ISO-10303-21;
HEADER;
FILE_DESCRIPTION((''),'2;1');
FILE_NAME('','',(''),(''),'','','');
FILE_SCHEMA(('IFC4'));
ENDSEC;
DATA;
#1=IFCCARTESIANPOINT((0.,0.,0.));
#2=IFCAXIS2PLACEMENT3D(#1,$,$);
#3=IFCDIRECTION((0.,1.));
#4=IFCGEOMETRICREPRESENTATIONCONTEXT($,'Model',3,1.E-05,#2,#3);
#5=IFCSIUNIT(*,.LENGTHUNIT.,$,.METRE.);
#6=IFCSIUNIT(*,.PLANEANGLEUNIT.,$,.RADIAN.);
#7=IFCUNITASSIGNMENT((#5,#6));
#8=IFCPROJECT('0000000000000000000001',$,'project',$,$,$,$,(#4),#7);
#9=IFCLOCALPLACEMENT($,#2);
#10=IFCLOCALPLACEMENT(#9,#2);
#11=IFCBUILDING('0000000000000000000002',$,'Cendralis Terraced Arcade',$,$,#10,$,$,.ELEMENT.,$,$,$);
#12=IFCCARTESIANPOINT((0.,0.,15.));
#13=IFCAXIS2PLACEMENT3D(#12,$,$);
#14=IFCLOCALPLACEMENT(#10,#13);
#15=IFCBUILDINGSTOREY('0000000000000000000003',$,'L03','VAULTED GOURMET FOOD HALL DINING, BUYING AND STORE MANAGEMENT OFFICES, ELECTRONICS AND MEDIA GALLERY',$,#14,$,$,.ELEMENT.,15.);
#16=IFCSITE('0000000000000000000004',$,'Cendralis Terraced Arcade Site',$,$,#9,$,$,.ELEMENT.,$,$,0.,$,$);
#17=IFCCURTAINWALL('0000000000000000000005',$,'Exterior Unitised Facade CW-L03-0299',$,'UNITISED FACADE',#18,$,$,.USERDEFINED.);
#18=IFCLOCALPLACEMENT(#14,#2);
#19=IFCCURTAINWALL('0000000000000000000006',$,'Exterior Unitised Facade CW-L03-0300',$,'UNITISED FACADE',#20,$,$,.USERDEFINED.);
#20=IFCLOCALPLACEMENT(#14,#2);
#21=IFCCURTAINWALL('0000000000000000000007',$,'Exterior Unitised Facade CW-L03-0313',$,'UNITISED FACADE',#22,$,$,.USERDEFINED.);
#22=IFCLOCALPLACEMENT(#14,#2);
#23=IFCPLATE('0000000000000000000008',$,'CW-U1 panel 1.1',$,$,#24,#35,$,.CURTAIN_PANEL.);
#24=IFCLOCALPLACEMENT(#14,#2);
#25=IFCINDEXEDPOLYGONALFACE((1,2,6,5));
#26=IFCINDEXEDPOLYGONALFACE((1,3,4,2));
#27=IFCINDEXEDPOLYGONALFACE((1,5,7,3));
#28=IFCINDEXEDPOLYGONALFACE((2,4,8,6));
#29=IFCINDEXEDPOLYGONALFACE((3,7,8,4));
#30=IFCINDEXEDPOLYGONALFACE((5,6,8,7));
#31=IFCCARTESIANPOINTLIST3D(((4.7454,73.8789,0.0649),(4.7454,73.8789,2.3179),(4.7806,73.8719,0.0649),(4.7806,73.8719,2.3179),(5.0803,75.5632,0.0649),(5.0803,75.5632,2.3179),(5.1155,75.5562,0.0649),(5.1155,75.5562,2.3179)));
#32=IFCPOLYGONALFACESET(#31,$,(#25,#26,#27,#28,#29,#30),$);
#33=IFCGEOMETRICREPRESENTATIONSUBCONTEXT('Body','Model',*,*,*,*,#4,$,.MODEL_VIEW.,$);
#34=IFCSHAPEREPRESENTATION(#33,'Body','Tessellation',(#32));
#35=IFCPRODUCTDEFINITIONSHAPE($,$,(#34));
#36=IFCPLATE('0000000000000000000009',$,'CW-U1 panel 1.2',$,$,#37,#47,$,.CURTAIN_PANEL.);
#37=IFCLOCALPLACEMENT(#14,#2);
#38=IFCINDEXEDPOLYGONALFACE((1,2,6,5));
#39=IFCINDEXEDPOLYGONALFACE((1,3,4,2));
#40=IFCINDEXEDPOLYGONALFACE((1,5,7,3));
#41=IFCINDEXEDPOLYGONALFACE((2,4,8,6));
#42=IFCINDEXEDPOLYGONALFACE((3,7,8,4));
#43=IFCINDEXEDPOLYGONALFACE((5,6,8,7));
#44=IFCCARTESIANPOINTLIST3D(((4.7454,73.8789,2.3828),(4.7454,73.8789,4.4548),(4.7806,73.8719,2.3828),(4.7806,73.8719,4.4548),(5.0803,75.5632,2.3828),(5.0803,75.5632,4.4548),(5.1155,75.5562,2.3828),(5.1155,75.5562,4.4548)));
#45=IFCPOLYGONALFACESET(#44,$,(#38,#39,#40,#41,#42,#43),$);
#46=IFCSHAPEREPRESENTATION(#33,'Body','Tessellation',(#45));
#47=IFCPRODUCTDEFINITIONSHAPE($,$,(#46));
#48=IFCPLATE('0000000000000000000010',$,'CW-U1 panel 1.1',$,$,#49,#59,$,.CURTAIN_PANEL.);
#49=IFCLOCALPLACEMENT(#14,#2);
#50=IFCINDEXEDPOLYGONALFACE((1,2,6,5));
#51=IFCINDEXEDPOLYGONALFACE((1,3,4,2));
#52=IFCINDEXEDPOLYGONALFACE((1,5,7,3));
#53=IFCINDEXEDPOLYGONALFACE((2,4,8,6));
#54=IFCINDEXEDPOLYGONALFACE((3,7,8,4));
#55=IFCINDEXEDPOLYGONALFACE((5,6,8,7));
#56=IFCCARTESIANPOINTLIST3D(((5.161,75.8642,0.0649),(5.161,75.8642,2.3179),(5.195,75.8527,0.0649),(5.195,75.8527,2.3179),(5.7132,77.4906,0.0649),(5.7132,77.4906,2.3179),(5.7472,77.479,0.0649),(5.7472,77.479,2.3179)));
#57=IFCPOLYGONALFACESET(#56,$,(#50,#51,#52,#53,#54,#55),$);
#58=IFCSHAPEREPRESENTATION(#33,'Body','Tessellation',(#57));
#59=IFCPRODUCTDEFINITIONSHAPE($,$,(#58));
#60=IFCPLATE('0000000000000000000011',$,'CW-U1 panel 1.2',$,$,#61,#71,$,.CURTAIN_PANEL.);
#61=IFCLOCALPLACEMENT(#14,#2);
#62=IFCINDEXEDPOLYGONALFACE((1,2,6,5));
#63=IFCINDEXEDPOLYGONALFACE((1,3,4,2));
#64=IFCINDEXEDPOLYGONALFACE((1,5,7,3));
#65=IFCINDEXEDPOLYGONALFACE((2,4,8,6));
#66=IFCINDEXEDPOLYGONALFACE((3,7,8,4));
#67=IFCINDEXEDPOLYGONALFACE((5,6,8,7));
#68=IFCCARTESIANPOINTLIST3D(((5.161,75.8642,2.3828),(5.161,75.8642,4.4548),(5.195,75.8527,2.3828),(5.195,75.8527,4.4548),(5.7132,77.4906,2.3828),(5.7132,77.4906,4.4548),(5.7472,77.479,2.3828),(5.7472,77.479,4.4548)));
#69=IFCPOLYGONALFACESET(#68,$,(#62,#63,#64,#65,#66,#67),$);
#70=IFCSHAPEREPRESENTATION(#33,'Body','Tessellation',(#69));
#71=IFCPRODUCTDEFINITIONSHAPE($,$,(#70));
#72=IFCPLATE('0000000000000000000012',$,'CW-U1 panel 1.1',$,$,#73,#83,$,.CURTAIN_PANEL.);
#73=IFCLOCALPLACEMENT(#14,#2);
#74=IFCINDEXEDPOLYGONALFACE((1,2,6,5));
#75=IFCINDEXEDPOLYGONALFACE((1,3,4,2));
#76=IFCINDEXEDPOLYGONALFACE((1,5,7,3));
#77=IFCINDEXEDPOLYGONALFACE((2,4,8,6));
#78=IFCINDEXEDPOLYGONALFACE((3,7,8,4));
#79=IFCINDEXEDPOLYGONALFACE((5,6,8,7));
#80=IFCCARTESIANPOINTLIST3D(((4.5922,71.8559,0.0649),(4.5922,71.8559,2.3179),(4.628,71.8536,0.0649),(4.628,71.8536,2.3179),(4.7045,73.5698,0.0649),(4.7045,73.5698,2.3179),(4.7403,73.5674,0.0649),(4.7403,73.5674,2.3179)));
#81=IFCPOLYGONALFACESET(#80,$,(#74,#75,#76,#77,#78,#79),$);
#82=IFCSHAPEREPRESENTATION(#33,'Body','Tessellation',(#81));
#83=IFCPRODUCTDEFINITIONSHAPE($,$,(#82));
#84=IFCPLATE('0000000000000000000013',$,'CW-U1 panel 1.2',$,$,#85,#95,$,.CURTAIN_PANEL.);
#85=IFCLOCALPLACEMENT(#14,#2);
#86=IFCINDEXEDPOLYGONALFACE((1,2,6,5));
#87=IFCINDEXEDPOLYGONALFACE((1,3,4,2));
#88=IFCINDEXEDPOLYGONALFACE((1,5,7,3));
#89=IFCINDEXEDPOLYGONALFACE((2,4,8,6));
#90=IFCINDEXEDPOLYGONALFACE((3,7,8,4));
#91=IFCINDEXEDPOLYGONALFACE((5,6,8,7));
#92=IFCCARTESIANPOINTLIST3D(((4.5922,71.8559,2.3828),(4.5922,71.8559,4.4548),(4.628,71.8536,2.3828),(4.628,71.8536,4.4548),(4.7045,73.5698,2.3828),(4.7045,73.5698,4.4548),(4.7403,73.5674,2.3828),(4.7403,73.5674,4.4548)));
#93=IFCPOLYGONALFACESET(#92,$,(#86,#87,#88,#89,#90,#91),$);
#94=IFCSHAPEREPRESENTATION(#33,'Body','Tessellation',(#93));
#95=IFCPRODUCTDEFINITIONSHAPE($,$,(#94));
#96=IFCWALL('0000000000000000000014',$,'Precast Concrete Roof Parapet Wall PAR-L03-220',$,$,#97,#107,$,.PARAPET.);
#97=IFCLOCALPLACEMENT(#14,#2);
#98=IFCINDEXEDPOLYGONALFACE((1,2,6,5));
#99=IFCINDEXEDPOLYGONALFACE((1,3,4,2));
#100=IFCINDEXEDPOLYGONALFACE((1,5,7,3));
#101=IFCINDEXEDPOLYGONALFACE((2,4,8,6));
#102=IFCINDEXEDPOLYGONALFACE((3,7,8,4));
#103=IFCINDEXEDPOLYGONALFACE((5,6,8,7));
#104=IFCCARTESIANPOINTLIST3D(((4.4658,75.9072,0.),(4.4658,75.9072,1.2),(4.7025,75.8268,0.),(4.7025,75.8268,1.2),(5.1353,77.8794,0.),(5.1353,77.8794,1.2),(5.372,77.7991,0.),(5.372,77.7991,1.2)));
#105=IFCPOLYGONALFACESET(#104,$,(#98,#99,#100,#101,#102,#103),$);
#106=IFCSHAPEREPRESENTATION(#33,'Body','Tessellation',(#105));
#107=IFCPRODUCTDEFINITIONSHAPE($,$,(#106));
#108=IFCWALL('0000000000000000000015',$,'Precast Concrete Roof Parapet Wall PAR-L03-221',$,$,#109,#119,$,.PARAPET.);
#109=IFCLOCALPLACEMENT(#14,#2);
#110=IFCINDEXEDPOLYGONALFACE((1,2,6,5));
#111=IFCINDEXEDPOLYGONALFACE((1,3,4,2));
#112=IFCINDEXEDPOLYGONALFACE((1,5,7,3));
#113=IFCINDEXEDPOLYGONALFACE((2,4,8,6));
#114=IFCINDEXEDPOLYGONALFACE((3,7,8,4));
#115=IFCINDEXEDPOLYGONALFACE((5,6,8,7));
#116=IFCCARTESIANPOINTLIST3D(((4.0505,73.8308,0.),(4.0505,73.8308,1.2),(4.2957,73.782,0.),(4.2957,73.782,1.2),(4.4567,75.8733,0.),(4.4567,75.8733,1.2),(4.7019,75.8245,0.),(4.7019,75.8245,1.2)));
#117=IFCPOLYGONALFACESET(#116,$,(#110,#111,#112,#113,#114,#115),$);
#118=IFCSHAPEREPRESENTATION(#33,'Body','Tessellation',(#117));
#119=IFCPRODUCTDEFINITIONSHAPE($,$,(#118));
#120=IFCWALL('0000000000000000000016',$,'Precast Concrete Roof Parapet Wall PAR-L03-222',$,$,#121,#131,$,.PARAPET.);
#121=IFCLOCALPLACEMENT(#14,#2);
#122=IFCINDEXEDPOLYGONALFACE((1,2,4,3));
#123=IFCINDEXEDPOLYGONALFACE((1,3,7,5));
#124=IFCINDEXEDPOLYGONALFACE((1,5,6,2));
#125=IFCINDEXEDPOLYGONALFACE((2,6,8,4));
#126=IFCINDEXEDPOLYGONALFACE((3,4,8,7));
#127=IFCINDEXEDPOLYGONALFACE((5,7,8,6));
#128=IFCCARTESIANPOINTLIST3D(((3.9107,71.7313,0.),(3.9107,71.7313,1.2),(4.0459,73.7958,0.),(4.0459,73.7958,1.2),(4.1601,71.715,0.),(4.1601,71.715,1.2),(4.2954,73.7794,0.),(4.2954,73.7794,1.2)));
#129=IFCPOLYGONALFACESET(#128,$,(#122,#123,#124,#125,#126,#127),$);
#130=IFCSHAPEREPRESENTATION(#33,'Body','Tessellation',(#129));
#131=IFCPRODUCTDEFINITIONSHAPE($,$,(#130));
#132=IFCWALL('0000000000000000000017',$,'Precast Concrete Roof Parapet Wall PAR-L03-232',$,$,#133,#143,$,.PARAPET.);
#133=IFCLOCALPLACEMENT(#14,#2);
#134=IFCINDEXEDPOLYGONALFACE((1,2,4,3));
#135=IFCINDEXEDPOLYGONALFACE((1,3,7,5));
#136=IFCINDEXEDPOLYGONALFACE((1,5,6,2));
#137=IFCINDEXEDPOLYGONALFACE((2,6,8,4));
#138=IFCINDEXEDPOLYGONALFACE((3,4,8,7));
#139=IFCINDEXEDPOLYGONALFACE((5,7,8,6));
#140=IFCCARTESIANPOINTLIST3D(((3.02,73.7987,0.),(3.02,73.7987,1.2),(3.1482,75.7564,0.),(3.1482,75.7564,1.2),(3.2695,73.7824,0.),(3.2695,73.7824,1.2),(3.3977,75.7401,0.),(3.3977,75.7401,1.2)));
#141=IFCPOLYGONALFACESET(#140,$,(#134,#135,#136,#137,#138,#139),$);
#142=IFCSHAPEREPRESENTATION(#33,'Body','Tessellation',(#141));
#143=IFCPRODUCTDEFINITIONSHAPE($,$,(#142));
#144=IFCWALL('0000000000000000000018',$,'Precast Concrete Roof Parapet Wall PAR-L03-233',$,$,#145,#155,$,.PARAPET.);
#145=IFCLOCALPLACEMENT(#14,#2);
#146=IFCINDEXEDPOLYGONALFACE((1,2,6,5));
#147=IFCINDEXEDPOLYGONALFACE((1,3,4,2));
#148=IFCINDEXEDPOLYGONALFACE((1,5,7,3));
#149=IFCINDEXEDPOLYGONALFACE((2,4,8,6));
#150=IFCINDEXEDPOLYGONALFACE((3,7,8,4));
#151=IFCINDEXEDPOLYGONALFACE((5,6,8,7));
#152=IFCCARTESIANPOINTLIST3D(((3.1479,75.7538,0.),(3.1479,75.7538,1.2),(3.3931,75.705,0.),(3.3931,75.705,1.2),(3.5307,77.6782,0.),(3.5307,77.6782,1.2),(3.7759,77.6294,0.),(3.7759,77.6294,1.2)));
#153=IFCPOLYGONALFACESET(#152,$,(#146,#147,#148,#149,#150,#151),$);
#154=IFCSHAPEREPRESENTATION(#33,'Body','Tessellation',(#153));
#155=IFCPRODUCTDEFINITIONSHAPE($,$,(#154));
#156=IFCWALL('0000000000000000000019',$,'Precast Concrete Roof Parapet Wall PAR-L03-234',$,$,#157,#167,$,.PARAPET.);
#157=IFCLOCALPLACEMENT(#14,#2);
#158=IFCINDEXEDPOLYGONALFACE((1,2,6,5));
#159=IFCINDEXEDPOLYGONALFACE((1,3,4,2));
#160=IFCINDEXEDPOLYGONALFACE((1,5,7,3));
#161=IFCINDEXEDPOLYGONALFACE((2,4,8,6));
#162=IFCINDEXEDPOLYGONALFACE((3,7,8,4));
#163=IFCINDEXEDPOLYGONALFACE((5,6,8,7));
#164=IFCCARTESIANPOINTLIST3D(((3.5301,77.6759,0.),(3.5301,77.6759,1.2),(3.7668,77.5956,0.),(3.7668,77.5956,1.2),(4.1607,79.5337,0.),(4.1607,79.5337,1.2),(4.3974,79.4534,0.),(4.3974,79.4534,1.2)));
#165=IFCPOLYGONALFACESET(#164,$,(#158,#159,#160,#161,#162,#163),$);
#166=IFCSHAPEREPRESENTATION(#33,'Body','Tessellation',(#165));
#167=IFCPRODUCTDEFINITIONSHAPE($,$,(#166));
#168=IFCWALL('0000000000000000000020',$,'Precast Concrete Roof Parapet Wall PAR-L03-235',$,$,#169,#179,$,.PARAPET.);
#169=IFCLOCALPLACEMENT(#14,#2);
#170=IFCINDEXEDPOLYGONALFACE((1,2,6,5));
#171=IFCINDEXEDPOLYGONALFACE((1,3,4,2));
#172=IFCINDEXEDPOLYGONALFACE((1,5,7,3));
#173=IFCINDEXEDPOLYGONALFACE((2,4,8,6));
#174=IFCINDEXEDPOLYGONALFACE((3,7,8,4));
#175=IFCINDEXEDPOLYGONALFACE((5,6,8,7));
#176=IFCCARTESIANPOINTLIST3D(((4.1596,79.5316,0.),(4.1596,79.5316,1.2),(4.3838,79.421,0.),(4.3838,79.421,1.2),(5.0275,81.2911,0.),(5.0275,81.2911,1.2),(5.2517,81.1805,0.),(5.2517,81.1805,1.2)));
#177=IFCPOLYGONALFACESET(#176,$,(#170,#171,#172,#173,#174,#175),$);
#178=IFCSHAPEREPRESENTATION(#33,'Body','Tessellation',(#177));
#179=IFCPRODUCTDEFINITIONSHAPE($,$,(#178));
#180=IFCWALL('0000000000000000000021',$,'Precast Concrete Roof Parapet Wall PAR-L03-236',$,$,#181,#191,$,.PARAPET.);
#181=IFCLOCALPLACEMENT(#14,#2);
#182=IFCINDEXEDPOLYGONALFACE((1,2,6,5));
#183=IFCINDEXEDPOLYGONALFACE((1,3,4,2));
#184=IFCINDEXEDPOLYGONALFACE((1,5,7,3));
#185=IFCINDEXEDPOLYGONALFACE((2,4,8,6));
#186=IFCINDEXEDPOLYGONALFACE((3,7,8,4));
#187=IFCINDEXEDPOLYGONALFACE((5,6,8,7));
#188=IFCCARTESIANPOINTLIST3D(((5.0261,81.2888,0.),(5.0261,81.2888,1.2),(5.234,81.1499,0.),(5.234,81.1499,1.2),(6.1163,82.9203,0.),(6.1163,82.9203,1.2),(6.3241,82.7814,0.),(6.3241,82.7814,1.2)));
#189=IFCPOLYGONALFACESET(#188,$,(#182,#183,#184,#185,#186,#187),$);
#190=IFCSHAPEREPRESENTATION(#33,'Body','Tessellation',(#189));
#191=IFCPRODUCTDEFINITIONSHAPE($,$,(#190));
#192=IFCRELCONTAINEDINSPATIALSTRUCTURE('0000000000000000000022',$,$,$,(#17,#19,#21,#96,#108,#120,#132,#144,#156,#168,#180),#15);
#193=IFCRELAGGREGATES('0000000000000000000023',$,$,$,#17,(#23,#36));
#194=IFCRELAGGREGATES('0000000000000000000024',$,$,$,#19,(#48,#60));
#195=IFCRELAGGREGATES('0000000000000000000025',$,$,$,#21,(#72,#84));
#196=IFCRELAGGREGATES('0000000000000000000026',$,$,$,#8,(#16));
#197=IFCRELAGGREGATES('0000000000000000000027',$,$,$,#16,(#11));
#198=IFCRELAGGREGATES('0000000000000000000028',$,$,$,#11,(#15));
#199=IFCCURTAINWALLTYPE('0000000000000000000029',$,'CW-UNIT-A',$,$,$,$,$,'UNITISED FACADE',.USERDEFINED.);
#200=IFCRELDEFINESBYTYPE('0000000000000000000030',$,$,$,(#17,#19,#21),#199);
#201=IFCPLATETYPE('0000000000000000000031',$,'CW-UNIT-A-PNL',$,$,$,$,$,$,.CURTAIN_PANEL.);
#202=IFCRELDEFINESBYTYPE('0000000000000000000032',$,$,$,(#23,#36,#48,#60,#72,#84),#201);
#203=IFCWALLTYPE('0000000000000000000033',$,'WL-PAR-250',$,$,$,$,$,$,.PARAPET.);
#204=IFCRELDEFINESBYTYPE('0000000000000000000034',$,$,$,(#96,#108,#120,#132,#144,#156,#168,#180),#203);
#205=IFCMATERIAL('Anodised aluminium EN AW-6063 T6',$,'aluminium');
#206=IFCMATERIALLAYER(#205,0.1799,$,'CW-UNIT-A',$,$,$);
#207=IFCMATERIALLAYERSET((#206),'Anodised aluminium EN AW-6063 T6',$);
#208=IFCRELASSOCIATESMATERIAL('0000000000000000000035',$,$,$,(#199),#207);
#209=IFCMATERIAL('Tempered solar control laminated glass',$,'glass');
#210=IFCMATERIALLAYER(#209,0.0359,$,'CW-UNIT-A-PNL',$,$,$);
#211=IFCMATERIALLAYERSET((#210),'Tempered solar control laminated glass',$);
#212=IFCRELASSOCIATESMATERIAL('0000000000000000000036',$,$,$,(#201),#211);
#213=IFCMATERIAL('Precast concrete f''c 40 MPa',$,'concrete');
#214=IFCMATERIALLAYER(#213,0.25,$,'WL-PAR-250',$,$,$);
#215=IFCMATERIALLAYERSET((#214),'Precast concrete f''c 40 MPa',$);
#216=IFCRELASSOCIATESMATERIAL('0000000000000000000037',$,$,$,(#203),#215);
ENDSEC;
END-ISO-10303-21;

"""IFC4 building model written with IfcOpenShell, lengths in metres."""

from ifc_helpers import new_model, si_unit, direction, frame, frame_2d, origin, origin_2d, place, context, subcontext, project, spatial, rectangle, extrude, material, layer, layer_set, type_object, element, aggregate, save


model = new_model("IFC4")

# Units and contexts
model_context = context("Model", 3, precision=1e-05, world=origin(), true_north=direction((0.0, 1.0)))
body_context = subcontext(model_context, "Body", "Model", "MODEL_VIEW")
ifc_project = project(units=[si_unit("LENGTHUNIT", "METRE"), si_unit("PLANEANGLEUNIT", "RADIAN")], contexts=[model_context])

# Site, building, storey
site_placement = place(None, origin())
site = spatial("IfcSite", under=ifc_project, at=site_placement, Name="Cendralis Terraced Arcade Site", CompositionType="ELEMENT", RefElevation=0.0)
building_placement = place(site_placement, origin())
building = spatial("IfcBuilding", under=site, at=building_placement, Name="Cendralis Terraced Arcade", CompositionType="ELEMENT")
storey_placement = place(building_placement, frame((0.0, 0.0, 15.0)))
storey = spatial("IfcBuildingStorey", under=building, at=storey_placement, Name="L03", Description="VAULTED GOURMET FOOD HALL DINING, BUYING AND STORE MANAGEMENT OFFICES, ELECTRONICS AND MEDIA GALLERY", CompositionType="ELEMENT", Elevation=15.0)

# Curtain walls
ifc_material_1 = material(Name="Anodised aluminium EN AW-6063 T6", Category="aluminium")
ifc_layer_1 = layer(ifc_material_1, 0.1799, Name="CW-UNIT-A")
ifc_layer_set_1 = layer_set([ifc_layer_1], Name="Anodised aluminium EN AW-6063 T6")
curtain_wall_type = type_object("IfcCurtainWallType", Name="CW-UNIT-A", ElementType="UNITISED FACADE", PredefinedType="USERDEFINED", material=ifc_layer_set_1)
curtain_wall_1_placement = place(storey_placement, origin())
curtain_wall_1 = element("IfcCurtainWall", 1, at=curtain_wall_1_placement, inside=storey, type_object=curtain_wall_type, Name="Exterior Unitised Facade CW-L03-0299", ObjectType="UNITISED FACADE", PredefinedType="USERDEFINED")
curtain_wall_2_placement = place(storey_placement, origin())
curtain_wall_2 = element("IfcCurtainWall", 2, at=curtain_wall_2_placement, inside=storey, type_object=curtain_wall_type, Name="Exterior Unitised Facade CW-L03-0300", ObjectType="UNITISED FACADE", PredefinedType="USERDEFINED")

# Curtain wall
curtain_wall_3_placement = place(storey_placement, origin())
curtain_wall_3 = element("IfcCurtainWall", 3, at=curtain_wall_3_placement, inside=storey, type_object=curtain_wall_type, Name="Exterior Unitised Facade CW-L03-0313", ObjectType="UNITISED FACADE", PredefinedType="USERDEFINED")

# Plates
ifc_material_2 = material(Name="Tempered solar control laminated glass", Category="glass")
ifc_layer_2 = layer(ifc_material_2, 0.0359, Name="CW-UNIT-A-PNL")
ifc_layer_set_2 = layer_set([ifc_layer_2], Name="Tempered solar control laminated glass")
plate_type = type_object("IfcPlateType", Name="CW-UNIT-A-PNL", PredefinedType="CURTAIN_PANEL", material=ifc_layer_set_2)
plate_1_placement = place(storey_placement, frame((4.9304, 74.7175, 0.0649), z_axis=(0.0, 0.0, 1.0), x_axis=(0.195033, 0.980797, 0.0)))
plate_1 = element("IfcPlate", 4, at=plate_1_placement, type_object=plate_type, Name="CW-U1 panel 1.1", PredefinedType="CURTAIN_PANEL", context=body_context, shape_type="SweptSolid", body=[
    extrude(rectangle(XDim=1.7173, YDim=0.0359, at=origin_2d()), origin(), (0.0, 0.0, 1.0), 2.2529),
])
plate_2_placement = place(storey_placement, frame((4.9304, 74.7175, 2.3828), z_axis=(0.0, 0.0, 1.0), x_axis=(0.195033, 0.980797, 0.0)))
plate_2 = element("IfcPlate", 5, at=plate_2_placement, type_object=plate_type, Name="CW-U1 panel 1.2", PredefinedType="CURTAIN_PANEL", context=body_context, shape_type="SweptSolid", body=[
    extrude(rectangle(XDim=1.7173, YDim=0.0359, at=origin_2d()), origin(), (0.0, 0.0, 1.0), 2.072),
])
aggregate(curtain_wall_1, [plate_1, plate_2])
plate_3_placement = place(storey_placement, frame((5.4541, 76.6716, 0.0649), z_axis=(0.0, 0.0, 1.0), x_axis=(0.3215, 0.94691, 0.0)))
plate_3 = element("IfcPlate", 6, at=plate_3_placement, type_object=plate_type, Name="CW-U1 panel 1.1", PredefinedType="CURTAIN_PANEL", context=body_context, shape_type="SweptSolid", body=[
    extrude(rectangle(XDim=1.7175, YDim=0.0359, at=origin_2d()), origin(), (0.0, 0.0, 1.0), 2.2529),
])
plate_4_placement = place(storey_placement, frame((5.4541, 76.6716, 2.3828), z_axis=(0.0, 0.0, 1.0), x_axis=(0.3215, 0.94691, 0.0)))
plate_4 = element("IfcPlate", 7, at=plate_4_placement, type_object=plate_type, Name="CW-U1 panel 1.2", PredefinedType="CURTAIN_PANEL", context=body_context, shape_type="SweptSolid", body=[
    extrude(rectangle(XDim=1.7175, YDim=0.0359, at=origin_2d()), origin(), (0.0, 0.0, 1.0), 2.072),
])
aggregate(curtain_wall_2, [plate_3, plate_4])
plate_5_placement = place(storey_placement, frame((4.6663, 72.7117, 0.0649), z_axis=(0.0, 0.0, 1.0), x_axis=(0.065384, 0.99786, 0.0)))
plate_5 = element("IfcPlate", 8, at=plate_5_placement, type_object=plate_type, Name="CW-U1 panel 1.1", PredefinedType="CURTAIN_PANEL", context=body_context, shape_type="SweptSolid", body=[
    extrude(rectangle(XDim=1.7175, YDim=0.0359, at=origin_2d()), origin(), (0.0, 0.0, 1.0), 2.2529),
])
plate_6_placement = place(storey_placement, frame((4.6663, 72.7117, 2.3828), z_axis=(0.0, 0.0, 1.0), x_axis=(0.065384, 0.99786, 0.0)))
plate_6 = element("IfcPlate", 9, at=plate_6_placement, type_object=plate_type, Name="CW-U1 panel 1.2", PredefinedType="CURTAIN_PANEL", context=body_context, shape_type="SweptSolid", body=[
    extrude(rectangle(XDim=1.7175, YDim=0.0359, at=origin_2d()), origin(), (0.0, 0.0, 1.0), 2.072),
])
aggregate(curtain_wall_3, [plate_5, plate_6])

# Walls
ifc_material_3 = material(Name="Precast concrete f'c 40 MPa", Category="concrete")
ifc_layer_3 = layer(ifc_material_3, 0.25, Name="WL-PAR-250")
ifc_layer_set_3 = layer_set([ifc_layer_3], Name="Precast concrete f'c 40 MPa")
wall_type = type_object("IfcWallType", Name="WL-PAR-250", PredefinedType="PARAPET", material=ifc_layer_set_3)
wall_1_placement = place(storey_placement, frame((5.2537, 77.8394, 0.0), z_axis=(0.0, 0.0, 1.0), x_axis=(-0.321428, -0.946934, 0.0)))
element("IfcWall", 10, at=wall_1_placement, inside=storey, type_object=wall_type, Name="Precast Concrete Roof Parapet Wall PAR-L03-220", PredefinedType="PARAPET", context=body_context, shape_type="SweptSolid", body=[
    extrude(rectangle(XDim=2.0828, YDim=0.25, at=frame_2d((1.0415, 0.0))), origin(), (0.0, 0.0, 1.0), 1.2),
])
wall_2_placement = place(storey_placement, frame((4.5793, 75.8489, 0.0), z_axis=(0.0, 0.0, 1.0), x_axis=(-0.195079, -0.980788, 0.0)))
element("IfcWall", 11, at=wall_2_placement, inside=storey, type_object=wall_type, Name="Precast Concrete Roof Parapet Wall PAR-L03-221", PredefinedType="PARAPET", context=body_context, shape_type="SweptSolid", body=[
    extrude(rectangle(XDim=2.0825, YDim=0.25, at=frame_2d((1.0413, 0.0))), origin(), (0.0, 0.0, 1.0), 1.2),
])
wall_3_placement = place(storey_placement, frame((4.1707, 73.7876, 0.0), z_axis=(0.0, 0.0, 1.0), x_axis=(-0.065375, -0.997861, 0.0)))
element("IfcWall", 12, at=wall_3_placement, inside=storey, type_object=wall_type, Name="Precast Concrete Roof Parapet Wall PAR-L03-222", PredefinedType="PARAPET", context=body_context, shape_type="SweptSolid", body=[
    extrude(rectangle(XDim=2.0688, YDim=0.25, at=frame_2d((1.0344, 0.0))), origin(), (0.0, 0.0, 1.0), 1.2),
])
wall_4_placement = place(storey_placement, frame((3.1448, 73.7905, 0.0), z_axis=(0.0, 0.0, 1.0), x_axis=(0.06533, 0.997864, 0.0)))
element("IfcWall", 13, at=wall_4_placement, inside=storey, type_object=wall_type, Name="Precast Concrete Roof Parapet Wall PAR-L03-232", PredefinedType="PARAPET", context=body_context, shape_type="SweptSolid", body=[
    extrude(rectangle(XDim=1.9619, YDim=0.25, at=frame_2d((0.981, 0.0))), origin(), (0.0, 0.0, 1.0), 1.2),
])
wall_5_placement = place(storey_placement, frame((3.2705, 75.7295, 0.0), z_axis=(0.0, 0.0, 1.0), x_axis=(0.195087, 0.980786, 0.0)))
element("IfcWall", 14, at=wall_5_placement, inside=storey, type_object=wall_type, Name="Precast Concrete Roof Parapet Wall PAR-L03-233", PredefinedType="PARAPET", context=body_context, shape_type="SweptSolid", body=[
    extrude(rectangle(XDim=1.9622, YDim=0.25, at=frame_2d((0.981, 0.0))), origin(), (0.0, 0.0, 1.0), 1.2),
])
for number, where, z_axis, x_axis, name in (
    (15, (3.6484, 77.6357, 0.0), (0.0, 0.0, 1.0), (0.321412, 0.946939, 0.0), "Precast Concrete Roof Parapet Wall PAR-L03-234"),
    (16, (4.2717, 79.4763, 0.0), (0.0, 0.0, 1.0), (0.442379, 0.896828, 0.0), "Precast Concrete Roof Parapet Wall PAR-L03-235"),
):
    element("IfcWall", number, at=place(storey_placement, frame(where, z_axis=z_axis, x_axis=x_axis)), inside=storey, type_object=wall_type, Name=name, PredefinedType="PARAPET", context=body_context, shape_type="SweptSolid", body=[
        extrude(rectangle(XDim=1.9619, YDim=0.25, at=frame_2d((0.981, 0.0))), origin(), (0.0, 0.0, 1.0), 1.2),
    ])
wall_6_placement = place(storey_placement, frame((5.1301, 81.2195, 0.0), z_axis=(0.0, 0.0, 1.0), x_axis=(0.55559, 0.831456, 0.0)))
element("IfcWall", 17, at=wall_6_placement, inside=storey, type_object=wall_type, Name="Precast Concrete Roof Parapet Wall PAR-L03-236", PredefinedType="PARAPET", context=body_context, shape_type="SweptSolid", body=[
    extrude(rectangle(XDim=1.9622, YDim=0.25, at=frame_2d((0.981, 0.0))), origin(), (0.0, 0.0, 1.0), 1.2),
])

save(model, "model.ifc")
